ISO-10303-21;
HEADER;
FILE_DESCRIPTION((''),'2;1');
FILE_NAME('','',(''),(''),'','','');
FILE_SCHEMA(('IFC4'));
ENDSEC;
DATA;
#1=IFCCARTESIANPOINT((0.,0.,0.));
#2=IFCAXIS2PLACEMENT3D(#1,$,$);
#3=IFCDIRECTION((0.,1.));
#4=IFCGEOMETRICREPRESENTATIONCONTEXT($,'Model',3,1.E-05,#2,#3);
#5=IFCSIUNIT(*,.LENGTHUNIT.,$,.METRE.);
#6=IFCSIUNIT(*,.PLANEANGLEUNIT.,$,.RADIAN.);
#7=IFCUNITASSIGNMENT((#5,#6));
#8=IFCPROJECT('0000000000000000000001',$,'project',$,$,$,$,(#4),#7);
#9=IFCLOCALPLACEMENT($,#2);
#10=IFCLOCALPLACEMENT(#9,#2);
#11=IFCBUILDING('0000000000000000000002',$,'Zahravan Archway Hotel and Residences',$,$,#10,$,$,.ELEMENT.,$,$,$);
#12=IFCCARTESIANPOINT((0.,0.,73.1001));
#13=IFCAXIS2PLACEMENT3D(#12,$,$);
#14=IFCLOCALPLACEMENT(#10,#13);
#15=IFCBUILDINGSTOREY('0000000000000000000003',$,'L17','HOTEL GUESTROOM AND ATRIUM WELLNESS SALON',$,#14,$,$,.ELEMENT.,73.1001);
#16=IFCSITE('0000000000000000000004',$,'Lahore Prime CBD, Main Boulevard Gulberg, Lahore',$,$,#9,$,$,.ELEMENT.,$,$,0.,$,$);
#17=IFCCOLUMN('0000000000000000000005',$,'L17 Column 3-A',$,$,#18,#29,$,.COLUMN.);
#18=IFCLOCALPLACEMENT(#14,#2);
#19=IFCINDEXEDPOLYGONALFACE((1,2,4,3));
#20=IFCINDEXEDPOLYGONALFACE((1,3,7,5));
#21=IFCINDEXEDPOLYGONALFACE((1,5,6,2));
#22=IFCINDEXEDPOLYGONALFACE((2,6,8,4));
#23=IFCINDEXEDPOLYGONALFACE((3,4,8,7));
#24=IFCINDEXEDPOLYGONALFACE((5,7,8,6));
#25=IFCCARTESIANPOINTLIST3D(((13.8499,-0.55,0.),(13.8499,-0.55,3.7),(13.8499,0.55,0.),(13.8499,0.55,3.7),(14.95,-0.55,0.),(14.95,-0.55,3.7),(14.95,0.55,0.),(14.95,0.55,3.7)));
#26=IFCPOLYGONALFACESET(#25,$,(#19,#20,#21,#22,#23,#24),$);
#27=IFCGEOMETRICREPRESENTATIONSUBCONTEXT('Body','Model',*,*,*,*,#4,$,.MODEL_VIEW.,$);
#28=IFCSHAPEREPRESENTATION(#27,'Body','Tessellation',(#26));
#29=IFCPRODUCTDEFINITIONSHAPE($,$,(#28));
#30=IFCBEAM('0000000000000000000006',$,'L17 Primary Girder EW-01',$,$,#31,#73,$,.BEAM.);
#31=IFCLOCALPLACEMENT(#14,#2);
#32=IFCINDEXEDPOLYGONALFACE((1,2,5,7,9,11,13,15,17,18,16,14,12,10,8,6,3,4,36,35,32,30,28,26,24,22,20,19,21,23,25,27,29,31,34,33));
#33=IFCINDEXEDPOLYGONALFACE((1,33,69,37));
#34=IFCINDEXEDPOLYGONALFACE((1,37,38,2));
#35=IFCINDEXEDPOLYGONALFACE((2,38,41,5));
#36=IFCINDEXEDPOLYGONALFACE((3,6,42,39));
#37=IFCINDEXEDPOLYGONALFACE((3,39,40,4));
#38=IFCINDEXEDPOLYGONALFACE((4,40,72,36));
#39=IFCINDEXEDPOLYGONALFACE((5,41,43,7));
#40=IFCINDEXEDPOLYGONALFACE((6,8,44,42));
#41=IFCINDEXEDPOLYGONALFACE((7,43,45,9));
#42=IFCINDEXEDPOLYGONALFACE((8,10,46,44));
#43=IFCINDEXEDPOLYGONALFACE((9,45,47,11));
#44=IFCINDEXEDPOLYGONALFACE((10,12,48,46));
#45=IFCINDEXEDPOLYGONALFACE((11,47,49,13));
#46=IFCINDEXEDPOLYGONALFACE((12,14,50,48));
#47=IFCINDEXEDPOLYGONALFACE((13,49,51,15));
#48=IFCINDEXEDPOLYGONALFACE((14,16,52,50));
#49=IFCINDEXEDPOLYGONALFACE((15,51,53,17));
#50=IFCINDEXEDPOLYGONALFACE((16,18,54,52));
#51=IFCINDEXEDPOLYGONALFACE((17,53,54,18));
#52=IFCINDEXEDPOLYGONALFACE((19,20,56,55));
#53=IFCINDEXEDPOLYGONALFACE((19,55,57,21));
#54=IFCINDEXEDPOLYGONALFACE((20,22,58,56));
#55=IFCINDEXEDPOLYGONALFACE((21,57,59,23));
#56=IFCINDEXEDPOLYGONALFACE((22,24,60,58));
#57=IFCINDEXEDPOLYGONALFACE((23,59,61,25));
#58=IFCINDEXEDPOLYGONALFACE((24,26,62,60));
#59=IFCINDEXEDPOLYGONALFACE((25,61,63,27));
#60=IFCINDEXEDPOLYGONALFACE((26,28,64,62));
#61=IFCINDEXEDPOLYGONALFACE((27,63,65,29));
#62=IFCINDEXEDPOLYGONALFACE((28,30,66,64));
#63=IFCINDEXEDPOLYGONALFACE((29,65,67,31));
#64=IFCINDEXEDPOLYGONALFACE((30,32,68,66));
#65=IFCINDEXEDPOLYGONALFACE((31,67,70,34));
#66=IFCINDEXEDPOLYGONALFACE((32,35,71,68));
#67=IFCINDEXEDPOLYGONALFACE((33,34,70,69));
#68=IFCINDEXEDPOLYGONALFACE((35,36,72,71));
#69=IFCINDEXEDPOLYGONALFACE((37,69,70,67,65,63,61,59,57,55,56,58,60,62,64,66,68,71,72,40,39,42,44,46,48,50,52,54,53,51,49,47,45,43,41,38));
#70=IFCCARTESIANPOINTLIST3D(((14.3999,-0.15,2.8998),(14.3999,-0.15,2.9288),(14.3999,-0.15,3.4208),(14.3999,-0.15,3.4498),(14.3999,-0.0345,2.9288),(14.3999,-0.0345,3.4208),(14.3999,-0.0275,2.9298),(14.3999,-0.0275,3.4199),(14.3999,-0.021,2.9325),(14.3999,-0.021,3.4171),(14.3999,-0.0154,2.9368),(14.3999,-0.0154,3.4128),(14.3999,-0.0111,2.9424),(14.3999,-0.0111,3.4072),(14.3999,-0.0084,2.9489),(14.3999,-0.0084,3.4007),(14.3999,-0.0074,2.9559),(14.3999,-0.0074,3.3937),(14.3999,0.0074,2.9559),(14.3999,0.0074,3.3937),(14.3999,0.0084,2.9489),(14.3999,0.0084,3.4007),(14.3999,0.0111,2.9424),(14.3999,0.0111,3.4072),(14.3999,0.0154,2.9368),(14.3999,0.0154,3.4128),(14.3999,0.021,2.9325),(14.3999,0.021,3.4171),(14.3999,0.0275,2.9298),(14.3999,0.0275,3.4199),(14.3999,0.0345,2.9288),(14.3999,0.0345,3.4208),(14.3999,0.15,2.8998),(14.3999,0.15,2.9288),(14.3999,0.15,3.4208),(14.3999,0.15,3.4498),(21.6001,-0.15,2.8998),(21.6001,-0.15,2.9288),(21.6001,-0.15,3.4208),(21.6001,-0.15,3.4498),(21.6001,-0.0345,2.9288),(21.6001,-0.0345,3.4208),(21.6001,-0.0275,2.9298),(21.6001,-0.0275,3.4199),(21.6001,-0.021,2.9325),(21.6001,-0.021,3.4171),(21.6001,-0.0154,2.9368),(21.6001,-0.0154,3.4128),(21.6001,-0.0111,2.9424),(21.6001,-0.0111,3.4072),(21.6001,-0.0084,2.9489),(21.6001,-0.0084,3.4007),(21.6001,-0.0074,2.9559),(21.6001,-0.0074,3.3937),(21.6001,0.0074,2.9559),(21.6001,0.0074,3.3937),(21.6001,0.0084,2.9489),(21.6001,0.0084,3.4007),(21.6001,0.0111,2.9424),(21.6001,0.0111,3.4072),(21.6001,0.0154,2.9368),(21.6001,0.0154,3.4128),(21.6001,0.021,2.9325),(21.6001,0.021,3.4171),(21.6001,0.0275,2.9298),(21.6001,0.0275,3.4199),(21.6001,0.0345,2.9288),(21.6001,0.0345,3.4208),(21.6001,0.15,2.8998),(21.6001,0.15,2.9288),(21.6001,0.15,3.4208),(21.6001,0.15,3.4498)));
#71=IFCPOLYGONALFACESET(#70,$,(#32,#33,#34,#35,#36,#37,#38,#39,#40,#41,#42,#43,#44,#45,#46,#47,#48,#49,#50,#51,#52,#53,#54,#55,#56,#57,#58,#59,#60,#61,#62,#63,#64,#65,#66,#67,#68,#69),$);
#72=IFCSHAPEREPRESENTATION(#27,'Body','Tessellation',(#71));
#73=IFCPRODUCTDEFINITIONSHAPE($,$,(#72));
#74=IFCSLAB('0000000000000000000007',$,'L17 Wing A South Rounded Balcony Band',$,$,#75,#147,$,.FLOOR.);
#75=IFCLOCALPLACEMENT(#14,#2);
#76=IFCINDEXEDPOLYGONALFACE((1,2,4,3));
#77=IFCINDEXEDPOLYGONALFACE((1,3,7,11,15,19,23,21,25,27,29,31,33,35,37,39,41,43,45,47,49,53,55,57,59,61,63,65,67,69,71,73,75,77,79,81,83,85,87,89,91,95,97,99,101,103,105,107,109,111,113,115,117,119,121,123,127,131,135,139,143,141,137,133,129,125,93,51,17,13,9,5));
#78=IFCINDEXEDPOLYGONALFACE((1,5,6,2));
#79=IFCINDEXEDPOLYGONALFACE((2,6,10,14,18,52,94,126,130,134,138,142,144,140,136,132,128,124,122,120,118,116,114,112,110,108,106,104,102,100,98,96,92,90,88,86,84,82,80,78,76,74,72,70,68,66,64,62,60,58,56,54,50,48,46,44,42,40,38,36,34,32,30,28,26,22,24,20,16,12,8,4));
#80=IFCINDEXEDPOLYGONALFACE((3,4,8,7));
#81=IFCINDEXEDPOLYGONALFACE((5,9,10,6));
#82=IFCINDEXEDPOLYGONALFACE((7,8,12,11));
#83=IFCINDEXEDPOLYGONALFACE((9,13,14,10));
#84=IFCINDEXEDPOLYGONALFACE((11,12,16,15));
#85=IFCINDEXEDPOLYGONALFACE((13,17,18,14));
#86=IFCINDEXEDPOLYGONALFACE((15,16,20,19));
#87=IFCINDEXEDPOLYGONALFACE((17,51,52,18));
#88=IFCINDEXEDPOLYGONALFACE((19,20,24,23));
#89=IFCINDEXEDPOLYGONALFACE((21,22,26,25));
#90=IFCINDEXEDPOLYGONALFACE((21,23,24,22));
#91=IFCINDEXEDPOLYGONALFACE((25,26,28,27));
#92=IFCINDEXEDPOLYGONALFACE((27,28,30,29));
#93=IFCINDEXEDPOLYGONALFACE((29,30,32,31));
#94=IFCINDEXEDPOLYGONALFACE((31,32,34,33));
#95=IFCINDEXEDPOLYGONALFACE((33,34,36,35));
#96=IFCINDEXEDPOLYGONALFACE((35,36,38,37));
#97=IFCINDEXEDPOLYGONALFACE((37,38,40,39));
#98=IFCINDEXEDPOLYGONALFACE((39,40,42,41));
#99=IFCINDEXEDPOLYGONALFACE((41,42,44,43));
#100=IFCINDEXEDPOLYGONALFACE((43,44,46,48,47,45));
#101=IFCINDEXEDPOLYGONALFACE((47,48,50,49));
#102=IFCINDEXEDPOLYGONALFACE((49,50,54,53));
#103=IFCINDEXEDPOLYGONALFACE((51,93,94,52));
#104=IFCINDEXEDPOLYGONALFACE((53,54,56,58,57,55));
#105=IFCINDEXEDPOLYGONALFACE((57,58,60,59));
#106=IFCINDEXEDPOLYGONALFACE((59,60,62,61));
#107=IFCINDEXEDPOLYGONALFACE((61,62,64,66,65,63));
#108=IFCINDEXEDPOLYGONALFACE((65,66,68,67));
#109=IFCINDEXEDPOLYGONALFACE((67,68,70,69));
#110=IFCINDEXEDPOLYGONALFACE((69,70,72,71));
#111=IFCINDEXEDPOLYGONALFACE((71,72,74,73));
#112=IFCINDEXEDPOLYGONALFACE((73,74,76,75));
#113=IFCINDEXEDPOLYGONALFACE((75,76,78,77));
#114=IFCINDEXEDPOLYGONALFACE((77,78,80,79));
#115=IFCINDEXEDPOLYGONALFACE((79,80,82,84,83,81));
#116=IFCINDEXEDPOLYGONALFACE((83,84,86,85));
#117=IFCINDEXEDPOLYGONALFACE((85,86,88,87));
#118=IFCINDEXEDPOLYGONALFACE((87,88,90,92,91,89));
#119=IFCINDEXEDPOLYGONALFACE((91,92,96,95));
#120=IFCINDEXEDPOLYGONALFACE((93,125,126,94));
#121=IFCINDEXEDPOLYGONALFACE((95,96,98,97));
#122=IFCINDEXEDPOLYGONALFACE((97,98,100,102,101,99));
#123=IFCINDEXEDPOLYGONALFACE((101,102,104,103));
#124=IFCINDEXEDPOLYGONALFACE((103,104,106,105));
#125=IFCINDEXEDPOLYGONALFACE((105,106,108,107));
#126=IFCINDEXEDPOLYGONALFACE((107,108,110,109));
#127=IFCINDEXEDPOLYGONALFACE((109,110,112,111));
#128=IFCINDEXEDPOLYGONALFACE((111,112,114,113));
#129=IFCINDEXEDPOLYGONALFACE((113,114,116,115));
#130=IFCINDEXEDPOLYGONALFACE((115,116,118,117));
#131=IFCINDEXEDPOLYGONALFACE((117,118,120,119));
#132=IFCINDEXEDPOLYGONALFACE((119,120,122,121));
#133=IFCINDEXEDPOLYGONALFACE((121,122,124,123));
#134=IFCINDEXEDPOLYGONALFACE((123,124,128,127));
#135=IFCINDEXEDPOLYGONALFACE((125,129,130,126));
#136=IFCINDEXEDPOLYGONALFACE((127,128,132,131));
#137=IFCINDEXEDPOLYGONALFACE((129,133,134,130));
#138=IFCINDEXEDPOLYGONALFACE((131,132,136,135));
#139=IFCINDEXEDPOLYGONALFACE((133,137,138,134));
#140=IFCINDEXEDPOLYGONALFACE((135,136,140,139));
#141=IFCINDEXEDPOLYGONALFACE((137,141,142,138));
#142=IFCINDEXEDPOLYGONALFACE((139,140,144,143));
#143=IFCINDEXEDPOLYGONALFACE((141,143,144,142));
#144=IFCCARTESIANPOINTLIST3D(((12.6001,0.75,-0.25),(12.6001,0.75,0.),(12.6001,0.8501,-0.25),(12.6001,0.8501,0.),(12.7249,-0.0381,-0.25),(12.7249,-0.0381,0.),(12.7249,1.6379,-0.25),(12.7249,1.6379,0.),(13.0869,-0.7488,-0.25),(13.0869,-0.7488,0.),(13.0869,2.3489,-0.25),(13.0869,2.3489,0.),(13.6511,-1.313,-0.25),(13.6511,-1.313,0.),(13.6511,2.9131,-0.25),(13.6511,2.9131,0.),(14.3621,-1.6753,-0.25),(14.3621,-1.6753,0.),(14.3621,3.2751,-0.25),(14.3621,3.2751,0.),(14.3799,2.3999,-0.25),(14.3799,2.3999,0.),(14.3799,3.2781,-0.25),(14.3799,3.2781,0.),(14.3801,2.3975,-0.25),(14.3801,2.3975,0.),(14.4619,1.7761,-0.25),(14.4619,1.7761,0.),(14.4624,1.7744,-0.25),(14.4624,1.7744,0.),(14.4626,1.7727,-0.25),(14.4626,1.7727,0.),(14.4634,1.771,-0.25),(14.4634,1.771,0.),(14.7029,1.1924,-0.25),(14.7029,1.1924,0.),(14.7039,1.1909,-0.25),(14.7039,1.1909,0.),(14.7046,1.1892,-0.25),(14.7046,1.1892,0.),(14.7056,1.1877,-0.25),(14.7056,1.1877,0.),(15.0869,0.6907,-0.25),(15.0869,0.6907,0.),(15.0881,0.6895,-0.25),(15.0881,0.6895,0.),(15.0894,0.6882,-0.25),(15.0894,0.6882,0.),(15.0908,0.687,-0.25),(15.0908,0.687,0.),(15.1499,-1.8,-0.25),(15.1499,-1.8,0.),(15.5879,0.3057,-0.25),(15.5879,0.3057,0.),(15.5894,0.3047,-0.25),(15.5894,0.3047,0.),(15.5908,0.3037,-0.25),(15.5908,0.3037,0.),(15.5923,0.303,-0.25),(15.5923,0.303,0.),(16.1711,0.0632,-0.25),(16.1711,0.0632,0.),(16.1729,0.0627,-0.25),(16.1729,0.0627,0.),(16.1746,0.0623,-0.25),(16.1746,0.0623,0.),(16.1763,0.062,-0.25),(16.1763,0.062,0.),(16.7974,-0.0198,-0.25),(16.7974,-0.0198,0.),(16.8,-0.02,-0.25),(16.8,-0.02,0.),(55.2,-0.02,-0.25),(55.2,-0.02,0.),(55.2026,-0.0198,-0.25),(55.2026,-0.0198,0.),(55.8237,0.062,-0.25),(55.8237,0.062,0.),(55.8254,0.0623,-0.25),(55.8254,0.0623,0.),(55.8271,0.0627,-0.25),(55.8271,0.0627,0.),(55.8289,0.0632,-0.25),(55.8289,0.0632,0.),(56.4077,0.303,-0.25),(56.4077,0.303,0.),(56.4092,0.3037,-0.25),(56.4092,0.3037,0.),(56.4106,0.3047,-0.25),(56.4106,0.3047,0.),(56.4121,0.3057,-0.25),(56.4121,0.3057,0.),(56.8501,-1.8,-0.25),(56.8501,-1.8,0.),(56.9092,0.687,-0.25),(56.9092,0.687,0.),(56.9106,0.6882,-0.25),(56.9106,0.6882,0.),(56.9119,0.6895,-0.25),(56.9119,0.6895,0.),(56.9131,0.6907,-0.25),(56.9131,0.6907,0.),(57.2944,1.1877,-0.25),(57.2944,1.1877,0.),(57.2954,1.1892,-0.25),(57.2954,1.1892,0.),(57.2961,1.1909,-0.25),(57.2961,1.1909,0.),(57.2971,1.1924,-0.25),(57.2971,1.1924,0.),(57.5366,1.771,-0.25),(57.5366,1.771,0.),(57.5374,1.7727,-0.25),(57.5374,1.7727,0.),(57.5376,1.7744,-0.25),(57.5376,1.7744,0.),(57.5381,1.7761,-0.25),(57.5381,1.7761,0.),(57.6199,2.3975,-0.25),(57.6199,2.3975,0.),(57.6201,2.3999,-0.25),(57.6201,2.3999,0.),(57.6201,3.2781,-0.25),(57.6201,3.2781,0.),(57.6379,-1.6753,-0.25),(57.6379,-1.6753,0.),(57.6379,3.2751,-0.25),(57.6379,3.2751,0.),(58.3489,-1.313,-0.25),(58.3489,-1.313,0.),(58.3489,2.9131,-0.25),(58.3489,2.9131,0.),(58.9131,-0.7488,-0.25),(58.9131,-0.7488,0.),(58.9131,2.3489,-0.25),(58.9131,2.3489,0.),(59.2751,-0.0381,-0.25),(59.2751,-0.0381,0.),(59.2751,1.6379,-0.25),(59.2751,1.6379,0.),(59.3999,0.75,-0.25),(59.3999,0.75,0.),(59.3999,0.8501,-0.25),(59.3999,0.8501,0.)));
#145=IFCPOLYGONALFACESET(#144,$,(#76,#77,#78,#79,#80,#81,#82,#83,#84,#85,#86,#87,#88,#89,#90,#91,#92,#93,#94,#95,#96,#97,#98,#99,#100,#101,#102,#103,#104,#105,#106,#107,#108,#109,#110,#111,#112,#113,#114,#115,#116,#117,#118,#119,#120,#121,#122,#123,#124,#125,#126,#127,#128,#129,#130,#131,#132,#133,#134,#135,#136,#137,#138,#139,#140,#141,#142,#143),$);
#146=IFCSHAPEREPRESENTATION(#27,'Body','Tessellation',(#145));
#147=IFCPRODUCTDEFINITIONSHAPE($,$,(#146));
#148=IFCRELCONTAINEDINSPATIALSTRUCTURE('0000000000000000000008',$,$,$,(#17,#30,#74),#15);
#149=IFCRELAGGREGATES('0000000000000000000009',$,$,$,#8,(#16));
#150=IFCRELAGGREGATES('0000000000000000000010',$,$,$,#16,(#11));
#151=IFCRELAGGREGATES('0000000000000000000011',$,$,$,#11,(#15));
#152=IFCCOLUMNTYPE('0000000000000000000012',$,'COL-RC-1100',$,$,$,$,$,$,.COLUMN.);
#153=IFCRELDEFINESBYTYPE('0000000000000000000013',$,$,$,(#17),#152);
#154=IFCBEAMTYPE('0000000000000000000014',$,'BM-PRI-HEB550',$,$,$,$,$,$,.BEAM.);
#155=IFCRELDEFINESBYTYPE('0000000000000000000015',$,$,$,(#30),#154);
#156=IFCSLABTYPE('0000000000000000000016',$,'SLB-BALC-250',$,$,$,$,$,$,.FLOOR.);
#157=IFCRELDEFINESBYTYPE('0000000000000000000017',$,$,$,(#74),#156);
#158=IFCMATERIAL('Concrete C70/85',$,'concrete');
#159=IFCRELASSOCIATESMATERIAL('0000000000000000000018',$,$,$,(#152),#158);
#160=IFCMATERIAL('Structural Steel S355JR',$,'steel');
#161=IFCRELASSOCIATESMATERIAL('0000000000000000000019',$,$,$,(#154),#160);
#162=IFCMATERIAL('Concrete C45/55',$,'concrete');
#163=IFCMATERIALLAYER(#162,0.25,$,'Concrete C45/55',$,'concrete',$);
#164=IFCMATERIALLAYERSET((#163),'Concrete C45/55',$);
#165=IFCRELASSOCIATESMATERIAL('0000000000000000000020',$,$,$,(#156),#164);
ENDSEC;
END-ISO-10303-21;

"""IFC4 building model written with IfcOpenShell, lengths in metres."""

from ifc_helpers import new_model, si_unit, direction, frame, origin, origin_2d, place, context, subcontext, project, spatial, polyline, rectangle, i_section, outline, extrude, source, transform, mapped, material, layer, layer_set, material_profile, profile_set, type_object, type_shapes, element, save


model = new_model("IFC4")

# Units and contexts
model_context = context("Model", 3, precision=1e-05, world=origin(), true_north=direction((0.0, 1.0)))
body_context = subcontext(model_context, "Body", "Model", "MODEL_VIEW")
ifc_project = project(units=[si_unit("LENGTHUNIT", "METRE"), si_unit("PLANEANGLEUNIT", "RADIAN")], contexts=[model_context])

# Site, building, storey
site_placement = place(None, origin())
site = spatial("IfcSite", under=ifc_project, at=site_placement, Name="Lahore Prime CBD, Main Boulevard Gulberg, Lahore", CompositionType="ELEMENT", RefElevation=0.0)
building_placement = place(site_placement, origin())
building = spatial("IfcBuilding", under=site, at=building_placement, Name="Zahravan Archway Hotel and Residences", CompositionType="ELEMENT")
storey_placement = place(building_placement, frame((0.0, 0.0, 73.1001)))
storey = spatial("IfcBuildingStorey", under=building, at=storey_placement, Name="L17", Description="HOTEL GUESTROOM AND ATRIUM WELLNESS SALON", CompositionType="ELEMENT", Elevation=73.1001)

# Column
ifc_material_1 = material(Name="Concrete C70/85", Category="concrete")
ifc_material_profile_1 = material_profile(ifc_material_1, rectangle(XDim=1.1001, YDim=1.1001, at=origin_2d()), Name="RC 1100x1100", Category="concrete")
ifc_profile_set_1 = profile_set([ifc_material_profile_1], Name="Concrete C70/85")
column_type = type_object("IfcColumnType", Name="COL-RC-1100", PredefinedType="COLUMN", material=ifc_profile_set_1)
shared_shape_1 = source(origin(), body_context, "Body", "SweptSolid", [
    extrude(rectangle(XDim=1.1001, YDim=1.1001, at=origin_2d()), origin(), (0.0, 0.0, 1.0), 3.7),
])
column_placement = place(storey_placement, frame((14.3999, 0.0, 0.0), z_axis=(0.0, 0.0, 1.0), x_axis=(1.0, 0.0, 0.0)))
element("IfcColumn", 1, at=column_placement, inside=storey, type_object=column_type, Name="L17 Column 3-A", PredefinedType="COLUMN", context=body_context, shape_type="MappedRepresentation", body=[
    mapped(shared_shape_1, transform((0.0, 0.0, 0.0), scale=1.0)),
])

# Beam
ifc_material_2 = material(Name="Structural Steel S355JR", Category="steel")
ifc_material_profile_2 = material_profile(ifc_material_2, i_section(OverallWidth=0.3, OverallDepth=0.55, WebThickness=0.0149, FlangeThickness=0.0291, FilletRadius=0.0271, at=origin_2d()), Name="HEB 550", Category="steel")
ifc_profile_set_2 = profile_set([ifc_material_profile_2], Name="Structural Steel S355JR")
beam_type = type_object("IfcBeamType", Name="BM-PRI-HEB550", PredefinedType="BEAM", material=ifc_profile_set_2)
shared_shape_2 = source(origin(), body_context, "Body", "SweptSolid", [
    extrude(i_section(OverallWidth=0.3, OverallDepth=0.55, WebThickness=0.0149, FlangeThickness=0.0291, FilletRadius=0.0271, at=origin_2d()), origin(), (0.0, 0.0, 1.0), 7.2002),
])
type_shapes(beam_type, [shared_shape_2])
beam_placement = place(storey_placement, frame((14.3999, 0.0, 3.1748), z_axis=(1.0, 0.0, 0.0), x_axis=(0.0, 1.0, 0.0)))
element("IfcBeam", 2, at=beam_placement, inside=storey, type_object=beam_type, Name="L17 Primary Girder EW-01", PredefinedType="BEAM", context=body_context, shape_type="MappedRepresentation", body=[
    mapped(shared_shape_2, transform((0.0, 0.0, 0.0), scale=1.0)),
])

# Slab
ifc_material_3 = material(Name="Concrete C45/55", Category="concrete")
ifc_layer_1 = layer(ifc_material_3, 0.25, Name="Concrete C45/55", Category="concrete")
ifc_layer_set_1 = layer_set([ifc_layer_1], Name="Concrete C45/55")
slab_type_1 = type_object("IfcSlabType", Name="SLB-BALC-250", PredefinedType="FLOOR", material=ifc_layer_set_1)
slab_1_placement = place(storey_placement, frame((0.0, 0.0, -0.25)))
element("IfcSlab", 3, at=slab_1_placement, inside=storey, type_object=slab_type_1, Name="L17 Wing A South Rounded Balcony Band", PredefinedType="FLOOR", context=body_context, shape_type="SweptSolid", body=[
    extrude(outline(polyline([(57.6379, 3.2751), (58.3489, 2.9131), (58.9131, 2.3489), (59.2751, 1.6379), (59.3999, 0.8501), (59.3999, 0.75), (59.2751, -0.0381), (58.9131, -0.7488), (58.3489, -1.313), (57.6379, -1.6753), (56.8501, -1.8), (15.1499, -1.8), (14.3621, -1.6753), (13.6511, -1.313), (13.0869, -0.7488), (12.7249, -0.0381), (12.6001, 0.75), (12.6001, 0.8501), (12.7249, 1.6379), (13.0869, 2.3489), (13.6511, 2.9131), (14.3621, 3.2751), (14.3799, 3.2781), (14.3799, 2.3999), (14.3801, 2.3975), (14.4619, 1.7761), (14.4624, 1.7744), (14.4626, 1.7727), (14.4634, 1.771), (14.7029, 1.1924), (14.7039, 1.1909), (14.7046, 1.1892), (14.7056, 1.1877), (15.0869, 0.6907), (15.0881, 0.6895), (15.0894, 0.6882), (15.0908, 0.687), (15.5879, 0.3057), (15.5894, 0.3047), (15.5908, 0.3037), (15.5923, 0.303), (16.1711, 0.0632), (16.1729, 0.0627), (16.1746, 0.0623), (16.1763, 0.062), (16.7974, -0.0198), (16.8, -0.02), (55.2, -0.02), (55.2026, -0.0198), (55.8237, 0.062), (55.8254, 0.0623), (55.8271, 0.0627), (55.8289, 0.0632), (56.4077, 0.303), (56.4092, 0.3037), (56.4106, 0.3047), (56.4121, 0.3057), (56.9092, 0.687), (56.9106, 0.6882), (56.9119, 0.6895), (56.9131, 0.6907), (57.2944, 1.1877), (57.2954, 1.1892), (57.2961, 1.1909), (57.2971, 1.1924), (57.5366, 1.771), (57.5374, 1.7727), (57.5376, 1.7744), (57.5381, 1.7761), (57.6199, 2.3975), (57.6201, 2.3999), (57.6201, 3.2781), (57.6379, 3.2751)])), origin(), (0.0, 0.0, 1.0), 0.25),
])

save(model, "model.ifc")
